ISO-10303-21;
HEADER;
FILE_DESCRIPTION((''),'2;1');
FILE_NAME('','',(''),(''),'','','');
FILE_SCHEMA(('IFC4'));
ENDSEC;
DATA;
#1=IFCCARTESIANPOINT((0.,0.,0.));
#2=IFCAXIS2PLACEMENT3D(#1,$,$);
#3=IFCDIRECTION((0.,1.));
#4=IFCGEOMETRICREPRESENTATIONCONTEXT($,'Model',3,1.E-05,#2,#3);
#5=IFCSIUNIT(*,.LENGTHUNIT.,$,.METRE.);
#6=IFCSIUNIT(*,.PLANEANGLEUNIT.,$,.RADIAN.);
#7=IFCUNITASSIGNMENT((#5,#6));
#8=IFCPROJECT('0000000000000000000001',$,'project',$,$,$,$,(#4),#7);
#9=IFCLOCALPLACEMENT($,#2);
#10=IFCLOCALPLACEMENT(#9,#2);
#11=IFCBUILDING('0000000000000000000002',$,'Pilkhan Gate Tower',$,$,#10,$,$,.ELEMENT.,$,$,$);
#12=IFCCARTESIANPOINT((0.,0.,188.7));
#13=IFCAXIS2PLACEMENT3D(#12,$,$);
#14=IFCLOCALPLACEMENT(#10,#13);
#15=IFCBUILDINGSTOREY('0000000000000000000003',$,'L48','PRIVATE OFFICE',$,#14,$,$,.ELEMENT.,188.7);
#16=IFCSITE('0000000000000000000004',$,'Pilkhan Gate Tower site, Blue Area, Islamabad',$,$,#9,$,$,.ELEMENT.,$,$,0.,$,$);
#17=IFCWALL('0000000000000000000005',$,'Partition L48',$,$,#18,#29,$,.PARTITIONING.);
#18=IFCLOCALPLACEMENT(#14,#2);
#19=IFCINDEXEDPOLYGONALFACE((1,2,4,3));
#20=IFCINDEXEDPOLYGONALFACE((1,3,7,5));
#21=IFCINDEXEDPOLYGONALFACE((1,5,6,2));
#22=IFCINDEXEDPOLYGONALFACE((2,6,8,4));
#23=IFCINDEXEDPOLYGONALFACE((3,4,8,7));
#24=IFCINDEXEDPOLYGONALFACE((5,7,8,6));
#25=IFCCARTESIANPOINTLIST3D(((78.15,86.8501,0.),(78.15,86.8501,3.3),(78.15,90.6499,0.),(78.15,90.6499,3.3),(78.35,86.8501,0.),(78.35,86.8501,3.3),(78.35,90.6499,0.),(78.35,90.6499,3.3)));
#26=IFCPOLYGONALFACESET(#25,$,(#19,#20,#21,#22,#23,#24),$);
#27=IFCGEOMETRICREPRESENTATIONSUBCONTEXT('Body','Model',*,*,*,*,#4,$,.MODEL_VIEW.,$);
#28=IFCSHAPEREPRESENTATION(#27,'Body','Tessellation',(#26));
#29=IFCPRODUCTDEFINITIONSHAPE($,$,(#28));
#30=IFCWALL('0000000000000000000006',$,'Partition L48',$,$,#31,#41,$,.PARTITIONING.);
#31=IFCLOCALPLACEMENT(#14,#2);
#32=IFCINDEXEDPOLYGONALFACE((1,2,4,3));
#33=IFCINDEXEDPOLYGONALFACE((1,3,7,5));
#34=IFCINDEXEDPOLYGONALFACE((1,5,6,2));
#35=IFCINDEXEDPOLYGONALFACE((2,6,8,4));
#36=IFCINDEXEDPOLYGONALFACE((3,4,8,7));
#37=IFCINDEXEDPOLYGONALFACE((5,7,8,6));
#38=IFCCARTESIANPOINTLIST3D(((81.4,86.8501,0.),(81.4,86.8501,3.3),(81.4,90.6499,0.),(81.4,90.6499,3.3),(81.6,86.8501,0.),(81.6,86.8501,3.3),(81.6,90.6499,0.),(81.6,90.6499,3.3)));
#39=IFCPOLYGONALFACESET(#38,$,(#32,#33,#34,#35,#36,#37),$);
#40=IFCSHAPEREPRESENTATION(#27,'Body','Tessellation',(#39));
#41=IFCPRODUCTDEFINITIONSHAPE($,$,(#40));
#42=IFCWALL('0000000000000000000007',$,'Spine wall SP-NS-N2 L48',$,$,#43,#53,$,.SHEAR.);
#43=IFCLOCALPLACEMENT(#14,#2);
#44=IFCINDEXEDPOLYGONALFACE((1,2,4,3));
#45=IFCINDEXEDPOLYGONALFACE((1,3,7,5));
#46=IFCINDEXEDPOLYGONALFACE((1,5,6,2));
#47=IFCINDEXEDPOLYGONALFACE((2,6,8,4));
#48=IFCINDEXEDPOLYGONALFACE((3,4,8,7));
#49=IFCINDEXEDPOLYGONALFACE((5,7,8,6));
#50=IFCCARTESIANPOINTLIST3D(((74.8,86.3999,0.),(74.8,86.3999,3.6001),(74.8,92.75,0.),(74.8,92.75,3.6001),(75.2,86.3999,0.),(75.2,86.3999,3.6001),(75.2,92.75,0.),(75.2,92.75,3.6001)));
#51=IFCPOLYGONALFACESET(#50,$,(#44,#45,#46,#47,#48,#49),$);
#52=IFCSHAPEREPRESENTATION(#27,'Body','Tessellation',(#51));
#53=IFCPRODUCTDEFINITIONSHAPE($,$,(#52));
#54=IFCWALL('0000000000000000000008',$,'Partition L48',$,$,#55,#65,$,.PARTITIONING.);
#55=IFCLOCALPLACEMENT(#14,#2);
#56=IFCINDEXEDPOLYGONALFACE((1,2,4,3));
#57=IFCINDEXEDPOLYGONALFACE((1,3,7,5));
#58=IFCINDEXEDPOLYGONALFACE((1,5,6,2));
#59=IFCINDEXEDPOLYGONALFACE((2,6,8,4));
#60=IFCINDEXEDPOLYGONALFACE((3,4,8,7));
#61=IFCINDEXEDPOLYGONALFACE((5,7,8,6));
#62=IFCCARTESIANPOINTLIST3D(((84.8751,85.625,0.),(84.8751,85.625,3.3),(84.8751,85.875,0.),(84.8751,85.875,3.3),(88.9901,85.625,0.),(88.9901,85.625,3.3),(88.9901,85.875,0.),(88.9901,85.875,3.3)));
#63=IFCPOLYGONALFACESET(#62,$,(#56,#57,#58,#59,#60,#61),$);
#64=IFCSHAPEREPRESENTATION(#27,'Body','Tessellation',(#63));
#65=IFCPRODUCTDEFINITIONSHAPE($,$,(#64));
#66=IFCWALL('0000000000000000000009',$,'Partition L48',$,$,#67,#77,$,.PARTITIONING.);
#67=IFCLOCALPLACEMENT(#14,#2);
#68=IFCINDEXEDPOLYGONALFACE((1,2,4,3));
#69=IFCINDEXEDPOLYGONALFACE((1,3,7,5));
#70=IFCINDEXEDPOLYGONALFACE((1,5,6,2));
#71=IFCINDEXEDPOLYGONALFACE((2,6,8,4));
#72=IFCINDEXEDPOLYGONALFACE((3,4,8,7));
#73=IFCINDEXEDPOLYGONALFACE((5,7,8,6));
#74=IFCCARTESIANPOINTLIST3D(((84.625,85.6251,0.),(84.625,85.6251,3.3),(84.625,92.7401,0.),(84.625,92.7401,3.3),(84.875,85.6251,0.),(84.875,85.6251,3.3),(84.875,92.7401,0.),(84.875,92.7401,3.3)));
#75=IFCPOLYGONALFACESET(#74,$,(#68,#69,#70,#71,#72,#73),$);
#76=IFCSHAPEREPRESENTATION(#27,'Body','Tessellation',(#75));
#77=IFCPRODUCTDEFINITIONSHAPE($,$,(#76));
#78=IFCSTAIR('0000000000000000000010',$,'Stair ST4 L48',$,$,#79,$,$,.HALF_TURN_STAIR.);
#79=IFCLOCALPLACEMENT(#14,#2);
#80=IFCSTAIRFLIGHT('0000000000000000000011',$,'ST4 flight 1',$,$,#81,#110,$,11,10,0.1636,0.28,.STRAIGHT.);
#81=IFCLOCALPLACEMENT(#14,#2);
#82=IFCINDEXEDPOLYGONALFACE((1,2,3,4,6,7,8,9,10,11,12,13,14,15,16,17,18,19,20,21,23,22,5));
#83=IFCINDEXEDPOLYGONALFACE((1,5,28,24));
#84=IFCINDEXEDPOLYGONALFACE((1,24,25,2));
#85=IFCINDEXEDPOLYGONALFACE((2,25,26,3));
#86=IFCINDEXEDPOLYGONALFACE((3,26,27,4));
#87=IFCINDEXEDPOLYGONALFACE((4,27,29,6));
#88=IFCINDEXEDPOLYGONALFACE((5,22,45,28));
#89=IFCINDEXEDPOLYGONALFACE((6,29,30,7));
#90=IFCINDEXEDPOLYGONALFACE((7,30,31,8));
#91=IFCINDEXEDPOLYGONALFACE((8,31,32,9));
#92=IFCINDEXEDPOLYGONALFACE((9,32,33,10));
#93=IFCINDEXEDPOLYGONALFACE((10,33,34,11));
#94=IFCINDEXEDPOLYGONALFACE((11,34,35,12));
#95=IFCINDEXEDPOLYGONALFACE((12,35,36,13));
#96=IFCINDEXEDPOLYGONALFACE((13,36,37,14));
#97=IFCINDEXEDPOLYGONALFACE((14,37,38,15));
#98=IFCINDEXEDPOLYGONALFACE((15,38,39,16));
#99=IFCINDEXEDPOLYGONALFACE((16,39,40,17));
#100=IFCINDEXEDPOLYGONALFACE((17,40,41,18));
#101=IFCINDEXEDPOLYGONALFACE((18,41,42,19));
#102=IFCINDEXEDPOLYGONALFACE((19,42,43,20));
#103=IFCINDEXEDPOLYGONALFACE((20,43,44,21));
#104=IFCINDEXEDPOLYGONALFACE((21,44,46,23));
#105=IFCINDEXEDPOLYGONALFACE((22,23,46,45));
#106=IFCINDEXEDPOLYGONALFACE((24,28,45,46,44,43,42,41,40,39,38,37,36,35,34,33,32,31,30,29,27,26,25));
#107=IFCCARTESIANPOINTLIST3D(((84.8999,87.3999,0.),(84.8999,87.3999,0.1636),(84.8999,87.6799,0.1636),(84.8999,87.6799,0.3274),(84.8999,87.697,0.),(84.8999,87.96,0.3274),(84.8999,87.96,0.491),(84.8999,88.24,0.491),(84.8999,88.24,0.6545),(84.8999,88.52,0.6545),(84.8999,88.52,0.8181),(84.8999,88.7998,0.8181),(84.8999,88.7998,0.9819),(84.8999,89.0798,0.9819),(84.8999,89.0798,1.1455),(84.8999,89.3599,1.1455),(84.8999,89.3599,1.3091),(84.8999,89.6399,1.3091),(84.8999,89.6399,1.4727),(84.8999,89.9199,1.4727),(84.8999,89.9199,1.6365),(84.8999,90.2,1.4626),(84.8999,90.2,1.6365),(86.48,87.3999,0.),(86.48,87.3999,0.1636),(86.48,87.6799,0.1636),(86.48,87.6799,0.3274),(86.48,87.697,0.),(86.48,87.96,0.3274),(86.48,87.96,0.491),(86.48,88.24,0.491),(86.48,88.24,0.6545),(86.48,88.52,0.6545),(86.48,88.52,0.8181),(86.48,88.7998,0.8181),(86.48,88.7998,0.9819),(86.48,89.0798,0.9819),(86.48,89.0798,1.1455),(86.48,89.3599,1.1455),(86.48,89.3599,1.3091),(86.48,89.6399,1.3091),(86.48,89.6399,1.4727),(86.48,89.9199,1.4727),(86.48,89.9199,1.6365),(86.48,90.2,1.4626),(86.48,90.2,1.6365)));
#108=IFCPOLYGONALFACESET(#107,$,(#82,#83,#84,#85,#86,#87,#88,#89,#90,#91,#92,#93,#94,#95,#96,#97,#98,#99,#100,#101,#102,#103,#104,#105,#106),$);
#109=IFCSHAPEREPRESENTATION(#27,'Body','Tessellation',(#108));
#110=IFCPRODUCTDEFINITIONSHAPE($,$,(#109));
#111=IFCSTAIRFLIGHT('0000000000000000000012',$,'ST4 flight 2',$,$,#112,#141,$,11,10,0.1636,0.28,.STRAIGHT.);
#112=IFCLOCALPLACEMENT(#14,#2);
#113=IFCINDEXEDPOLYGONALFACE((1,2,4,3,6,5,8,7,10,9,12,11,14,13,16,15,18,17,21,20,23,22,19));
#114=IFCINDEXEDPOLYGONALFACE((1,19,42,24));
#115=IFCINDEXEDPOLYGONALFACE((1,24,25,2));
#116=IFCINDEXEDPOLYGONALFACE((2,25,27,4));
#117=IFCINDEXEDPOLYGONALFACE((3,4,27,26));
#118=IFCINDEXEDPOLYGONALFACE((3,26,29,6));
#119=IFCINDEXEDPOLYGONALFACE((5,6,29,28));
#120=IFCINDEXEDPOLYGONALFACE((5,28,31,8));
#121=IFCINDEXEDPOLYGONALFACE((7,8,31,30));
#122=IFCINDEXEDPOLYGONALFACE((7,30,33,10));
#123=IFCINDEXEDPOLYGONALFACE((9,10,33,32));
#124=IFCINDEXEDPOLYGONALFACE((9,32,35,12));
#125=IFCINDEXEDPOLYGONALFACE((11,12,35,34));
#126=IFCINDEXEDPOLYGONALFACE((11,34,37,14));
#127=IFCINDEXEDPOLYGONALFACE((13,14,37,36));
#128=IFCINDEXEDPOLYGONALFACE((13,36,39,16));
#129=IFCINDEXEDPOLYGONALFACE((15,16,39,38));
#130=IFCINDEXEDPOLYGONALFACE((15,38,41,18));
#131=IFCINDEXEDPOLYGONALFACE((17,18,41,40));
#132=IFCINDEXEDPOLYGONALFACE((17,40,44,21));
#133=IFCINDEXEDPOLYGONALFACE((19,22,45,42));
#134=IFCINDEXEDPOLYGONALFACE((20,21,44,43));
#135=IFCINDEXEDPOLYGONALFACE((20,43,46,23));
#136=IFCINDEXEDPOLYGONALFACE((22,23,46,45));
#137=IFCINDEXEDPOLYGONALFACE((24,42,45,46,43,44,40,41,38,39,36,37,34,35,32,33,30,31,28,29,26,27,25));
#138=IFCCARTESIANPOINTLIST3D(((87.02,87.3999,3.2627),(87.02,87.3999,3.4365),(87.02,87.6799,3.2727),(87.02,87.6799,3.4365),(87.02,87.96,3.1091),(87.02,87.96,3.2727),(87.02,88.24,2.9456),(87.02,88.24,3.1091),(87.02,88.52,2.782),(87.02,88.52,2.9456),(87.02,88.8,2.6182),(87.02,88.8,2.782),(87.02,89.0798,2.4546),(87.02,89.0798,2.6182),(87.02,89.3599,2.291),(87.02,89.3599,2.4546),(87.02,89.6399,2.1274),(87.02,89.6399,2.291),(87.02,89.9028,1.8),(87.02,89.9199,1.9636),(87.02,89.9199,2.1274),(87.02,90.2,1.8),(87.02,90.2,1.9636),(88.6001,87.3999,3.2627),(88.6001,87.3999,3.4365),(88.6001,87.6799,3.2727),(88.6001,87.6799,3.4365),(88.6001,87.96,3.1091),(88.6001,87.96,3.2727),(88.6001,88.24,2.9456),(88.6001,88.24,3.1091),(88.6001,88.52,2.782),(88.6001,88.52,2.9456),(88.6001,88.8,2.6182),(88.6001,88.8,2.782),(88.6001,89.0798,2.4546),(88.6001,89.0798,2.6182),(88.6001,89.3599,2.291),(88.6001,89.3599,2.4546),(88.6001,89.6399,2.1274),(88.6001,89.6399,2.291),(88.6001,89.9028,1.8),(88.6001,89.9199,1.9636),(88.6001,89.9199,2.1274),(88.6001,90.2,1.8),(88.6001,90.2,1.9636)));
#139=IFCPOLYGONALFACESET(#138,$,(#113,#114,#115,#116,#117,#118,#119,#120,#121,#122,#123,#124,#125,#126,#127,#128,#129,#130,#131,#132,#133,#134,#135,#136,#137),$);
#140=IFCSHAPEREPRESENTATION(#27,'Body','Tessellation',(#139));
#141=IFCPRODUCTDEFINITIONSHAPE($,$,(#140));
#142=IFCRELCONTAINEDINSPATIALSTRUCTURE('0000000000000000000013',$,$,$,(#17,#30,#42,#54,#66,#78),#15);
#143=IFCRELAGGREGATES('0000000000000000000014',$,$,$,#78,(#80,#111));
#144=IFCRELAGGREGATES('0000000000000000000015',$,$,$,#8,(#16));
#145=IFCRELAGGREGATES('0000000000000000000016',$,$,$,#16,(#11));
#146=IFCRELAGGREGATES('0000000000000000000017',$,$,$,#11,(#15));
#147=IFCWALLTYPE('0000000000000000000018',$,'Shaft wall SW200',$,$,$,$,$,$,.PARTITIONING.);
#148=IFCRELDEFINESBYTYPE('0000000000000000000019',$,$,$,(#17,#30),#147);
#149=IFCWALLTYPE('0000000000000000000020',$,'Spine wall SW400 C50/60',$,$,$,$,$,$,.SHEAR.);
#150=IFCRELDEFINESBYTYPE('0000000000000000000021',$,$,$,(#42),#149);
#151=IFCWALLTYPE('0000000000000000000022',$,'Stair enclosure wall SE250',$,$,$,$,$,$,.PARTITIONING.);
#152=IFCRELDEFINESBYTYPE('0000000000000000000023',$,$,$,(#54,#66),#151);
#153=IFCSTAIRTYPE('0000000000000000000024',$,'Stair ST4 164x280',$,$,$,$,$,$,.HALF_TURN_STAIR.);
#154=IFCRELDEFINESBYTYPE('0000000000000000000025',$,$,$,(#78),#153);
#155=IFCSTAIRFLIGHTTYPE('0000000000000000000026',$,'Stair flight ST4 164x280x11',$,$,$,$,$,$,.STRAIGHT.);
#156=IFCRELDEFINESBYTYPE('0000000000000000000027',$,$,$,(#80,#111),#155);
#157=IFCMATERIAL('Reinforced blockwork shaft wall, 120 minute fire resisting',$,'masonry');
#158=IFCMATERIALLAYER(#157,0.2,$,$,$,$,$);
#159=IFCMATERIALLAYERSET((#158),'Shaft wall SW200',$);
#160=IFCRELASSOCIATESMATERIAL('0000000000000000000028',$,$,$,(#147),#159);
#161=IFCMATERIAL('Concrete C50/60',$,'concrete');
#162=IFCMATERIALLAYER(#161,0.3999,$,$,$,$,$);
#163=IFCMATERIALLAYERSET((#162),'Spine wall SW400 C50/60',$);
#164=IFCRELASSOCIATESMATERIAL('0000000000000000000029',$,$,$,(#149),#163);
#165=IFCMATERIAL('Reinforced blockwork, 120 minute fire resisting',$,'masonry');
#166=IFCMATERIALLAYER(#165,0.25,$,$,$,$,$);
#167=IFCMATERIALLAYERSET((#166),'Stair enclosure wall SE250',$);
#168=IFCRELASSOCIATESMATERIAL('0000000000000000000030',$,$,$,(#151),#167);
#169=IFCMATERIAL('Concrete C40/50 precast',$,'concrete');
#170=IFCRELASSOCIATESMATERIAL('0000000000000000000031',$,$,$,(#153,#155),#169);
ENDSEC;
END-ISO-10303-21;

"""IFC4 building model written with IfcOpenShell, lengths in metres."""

from ifc_helpers import new_model, si_unit, direction, frame, frame_2d, origin, place, context, subcontext, project, spatial, polyline, rectangle, outline, extrude, material, layer, layer_set, type_object, element, aggregate, save


model = new_model("IFC4")

# Units and contexts
model_context = context("Model", 3, precision=1e-05, world=origin(), true_north=direction((0.0, 1.0)))
body_context = subcontext(model_context, "Body", "Model", "MODEL_VIEW")
ifc_project = project(units=[si_unit("LENGTHUNIT", "METRE"), si_unit("PLANEANGLEUNIT", "RADIAN")], contexts=[model_context])

# Site, building, storey
site_placement = place(None, origin())
site = spatial("IfcSite", under=ifc_project, at=site_placement, Name="Pilkhan Gate Tower site, Blue Area, Islamabad", CompositionType="ELEMENT", RefElevation=0.0)
building_placement = place(site_placement, origin())
building = spatial("IfcBuilding", under=site, at=building_placement, Name="Pilkhan Gate Tower", CompositionType="ELEMENT")
storey_placement = place(building_placement, frame((0.0, 0.0, 188.7)))
storey = spatial("IfcBuildingStorey", under=building, at=storey_placement, Name="L48", Description="PRIVATE OFFICE", CompositionType="ELEMENT", Elevation=188.7)

# Shared definitions
ifc_material_1 = material(Name="Reinforced blockwork shaft wall, 120 minute fire resisting", Category="masonry")
ifc_layer_1 = layer(ifc_material_1, 0.2)
ifc_layer_set_1 = layer_set([ifc_layer_1], Name="Shaft wall SW200")
wall_type_1 = type_object("IfcWallType", Name="Shaft wall SW200", PredefinedType="PARTITIONING", material=ifc_layer_set_1)

# Walls
for number, where, z_axis, x_axis, name in (
    (1, (78.25, 86.8501, 0.0), (0.0, 0.0, 1.0), (0.0, 1.0, 0.0), "Partition L48"),
    (2, (81.5, 86.8501, 0.0), (0.0, 0.0, 1.0), (0.0, 1.0, 0.0), "Partition L48"),
):
    element("IfcWall", number, at=place(storey_placement, frame(where, z_axis=z_axis, x_axis=x_axis)), inside=storey, type_object=wall_type_1, Name=name, PredefinedType="PARTITIONING", context=body_context, shape_type="SweptSolid", body=[
        extrude(rectangle(XDim=3.7998, YDim=0.2, at=frame_2d((1.8999, 0.0))), origin(), (0.0, 0.0, 1.0), 3.3),
    ])
ifc_material_2 = material(Name="Concrete C50/60", Category="concrete")
ifc_layer_2 = layer(ifc_material_2, 0.3999)
ifc_layer_set_2 = layer_set([ifc_layer_2], Name="Spine wall SW400 C50/60")
wall_type_2 = type_object("IfcWallType", Name="Spine wall SW400 C50/60", PredefinedType="SHEAR", material=ifc_layer_set_2)
wall_1_placement = place(storey_placement, frame((75.0, 86.3999, 0.0), z_axis=(0.0, 0.0, 1.0), x_axis=(0.0, 1.0, 0.0)))
element("IfcWall", 3, at=wall_1_placement, inside=storey, type_object=wall_type_2, Name="Spine wall SP-NS-N2 L48", PredefinedType="SHEAR", context=body_context, shape_type="SweptSolid", body=[
    extrude(rectangle(XDim=6.3501, YDim=0.3999, at=frame_2d((3.175, 0.0))), origin(), (0.0, 0.0, 1.0), 3.6001),
])
ifc_material_3 = material(Name="Reinforced blockwork, 120 minute fire resisting", Category="masonry")
ifc_layer_3 = layer(ifc_material_3, 0.25)
ifc_layer_set_3 = layer_set([ifc_layer_3], Name="Stair enclosure wall SE250")
wall_type_3 = type_object("IfcWallType", Name="Stair enclosure wall SE250", PredefinedType="PARTITIONING", material=ifc_layer_set_3)
wall_2_placement = place(storey_placement, frame((84.875, 85.75, 0.0), z_axis=(0.0, 0.0, 1.0), x_axis=(1.0, 0.0, 0.0)))
element("IfcWall", 4, at=wall_2_placement, inside=storey, type_object=wall_type_3, Name="Partition L48", PredefinedType="PARTITIONING", context=body_context, shape_type="SweptSolid", body=[
    extrude(rectangle(XDim=4.115, YDim=0.25, at=frame_2d((2.0576, 0.0))), origin(), (0.0, 0.0, 1.0), 3.3),
])
wall_3_placement = place(storey_placement, frame((84.75, 85.625, 0.0), z_axis=(0.0, 0.0, 1.0), x_axis=(0.0, 1.0, 0.0)))
element("IfcWall", 5, at=wall_3_placement, inside=storey, type_object=wall_type_3, Name="Partition L48", PredefinedType="PARTITIONING", context=body_context, shape_type="SweptSolid", body=[
    extrude(rectangle(XDim=7.115, YDim=0.25, at=frame_2d((3.5576, 0.0))), origin(), (0.0, 0.0, 1.0), 3.3),
])

# Stair, stair flights
ifc_material_4 = material(Name="Concrete C40/50 precast", Category="concrete")
stair_type = type_object("IfcStairType", Name="Stair ST4 164x280", PredefinedType="HALF_TURN_STAIR", material=ifc_material_4)
stair_placement = place(storey_placement, origin())
stair = element("IfcStair", 6, at=stair_placement, inside=storey, type_object=stair_type, Name="Stair ST4 L48", PredefinedType="HALF_TURN_STAIR")
stair_flight_type = type_object("IfcStairFlightType", Name="Stair flight ST4 164x280x11", PredefinedType="STRAIGHT", material=ifc_material_4)
stair_flight_1_placement = place(storey_placement, frame((85.6899, 87.3999, 0.0), z_axis=(0.0, 0.0, 1.0), x_axis=(0.0, 1.0, 0.0)))
stair_flight_1 = element("IfcStairFlight", 7, at=stair_flight_1_placement, type_object=stair_flight_type, Name="ST4 flight 1", NumberOfRisers=11, NumberOfTreads=10, PredefinedType="STRAIGHT", RiserHeight=0.1636, TreadLength=0.28, context=body_context, shape_type="SweptSolid", body=[
    extrude(outline(polyline([(0.0, 0.0), (0.0, 0.1636), (0.28, 0.1636), (0.28, 0.3274), (0.5601, 0.3274), (0.5601, 0.491), (0.8401, 0.491), (0.8401, 0.6545), (1.1201, 0.6545), (1.1201, 0.8181), (1.3999, 0.8181), (1.3999, 0.9819), (1.6799, 0.9819), (1.6799, 1.1455), (1.96, 1.1455), (1.96, 1.3091), (2.24, 1.3091), (2.24, 1.4727), (2.52, 1.4727), (2.52, 1.6365), (2.8, 1.6365), (2.8, 1.8), (2.8, 1.4626), (0.2971, 0.0), (0.0, 0.0)])), frame((0.0, 0.79, 0.0), z_axis=(0.0, -1.0, 0.0), x_axis=(1.0, 0.0, 0.0)), (0.0, 0.0, 1.0), 1.5801),
])
stair_flight_2_placement = place(storey_placement, frame((87.8101, 90.2, 1.8), z_axis=(0.0, 0.0, 1.0), x_axis=(0.0, -1.0, 0.0)))
stair_flight_2 = element("IfcStairFlight", 8, at=stair_flight_2_placement, type_object=stair_flight_type, Name="ST4 flight 2", NumberOfRisers=11, NumberOfTreads=10, PredefinedType="STRAIGHT", RiserHeight=0.1636, TreadLength=0.28, context=body_context, shape_type="SweptSolid", body=[
    extrude(outline(polyline([(0.0, 0.0), (0.0, 0.1636), (0.28, 0.1636), (0.28, 0.3274), (0.5601, 0.3274), (0.5601, 0.491), (0.8401, 0.491), (0.8401, 0.6545), (1.1201, 0.6545), (1.1201, 0.8181), (1.3999, 0.8181), (1.3999, 0.9819), (1.6799, 0.9819), (1.6799, 1.1455), (1.96, 1.1455), (1.96, 1.3091), (2.24, 1.3091), (2.24, 1.4727), (2.52, 1.4727), (2.52, 1.6365), (2.8, 1.6365), (2.8, 1.8), (2.8, 1.4626), (0.2971, 0.0), (0.0, 0.0)])), frame((0.0, 0.79, 0.0), z_axis=(0.0, -1.0, 0.0), x_axis=(1.0, 0.0, 0.0)), (0.0, 0.0, 1.0), 1.5801),
])
aggregate(stair, [stair_flight_1, stair_flight_2])

save(model, "model.ifc")
